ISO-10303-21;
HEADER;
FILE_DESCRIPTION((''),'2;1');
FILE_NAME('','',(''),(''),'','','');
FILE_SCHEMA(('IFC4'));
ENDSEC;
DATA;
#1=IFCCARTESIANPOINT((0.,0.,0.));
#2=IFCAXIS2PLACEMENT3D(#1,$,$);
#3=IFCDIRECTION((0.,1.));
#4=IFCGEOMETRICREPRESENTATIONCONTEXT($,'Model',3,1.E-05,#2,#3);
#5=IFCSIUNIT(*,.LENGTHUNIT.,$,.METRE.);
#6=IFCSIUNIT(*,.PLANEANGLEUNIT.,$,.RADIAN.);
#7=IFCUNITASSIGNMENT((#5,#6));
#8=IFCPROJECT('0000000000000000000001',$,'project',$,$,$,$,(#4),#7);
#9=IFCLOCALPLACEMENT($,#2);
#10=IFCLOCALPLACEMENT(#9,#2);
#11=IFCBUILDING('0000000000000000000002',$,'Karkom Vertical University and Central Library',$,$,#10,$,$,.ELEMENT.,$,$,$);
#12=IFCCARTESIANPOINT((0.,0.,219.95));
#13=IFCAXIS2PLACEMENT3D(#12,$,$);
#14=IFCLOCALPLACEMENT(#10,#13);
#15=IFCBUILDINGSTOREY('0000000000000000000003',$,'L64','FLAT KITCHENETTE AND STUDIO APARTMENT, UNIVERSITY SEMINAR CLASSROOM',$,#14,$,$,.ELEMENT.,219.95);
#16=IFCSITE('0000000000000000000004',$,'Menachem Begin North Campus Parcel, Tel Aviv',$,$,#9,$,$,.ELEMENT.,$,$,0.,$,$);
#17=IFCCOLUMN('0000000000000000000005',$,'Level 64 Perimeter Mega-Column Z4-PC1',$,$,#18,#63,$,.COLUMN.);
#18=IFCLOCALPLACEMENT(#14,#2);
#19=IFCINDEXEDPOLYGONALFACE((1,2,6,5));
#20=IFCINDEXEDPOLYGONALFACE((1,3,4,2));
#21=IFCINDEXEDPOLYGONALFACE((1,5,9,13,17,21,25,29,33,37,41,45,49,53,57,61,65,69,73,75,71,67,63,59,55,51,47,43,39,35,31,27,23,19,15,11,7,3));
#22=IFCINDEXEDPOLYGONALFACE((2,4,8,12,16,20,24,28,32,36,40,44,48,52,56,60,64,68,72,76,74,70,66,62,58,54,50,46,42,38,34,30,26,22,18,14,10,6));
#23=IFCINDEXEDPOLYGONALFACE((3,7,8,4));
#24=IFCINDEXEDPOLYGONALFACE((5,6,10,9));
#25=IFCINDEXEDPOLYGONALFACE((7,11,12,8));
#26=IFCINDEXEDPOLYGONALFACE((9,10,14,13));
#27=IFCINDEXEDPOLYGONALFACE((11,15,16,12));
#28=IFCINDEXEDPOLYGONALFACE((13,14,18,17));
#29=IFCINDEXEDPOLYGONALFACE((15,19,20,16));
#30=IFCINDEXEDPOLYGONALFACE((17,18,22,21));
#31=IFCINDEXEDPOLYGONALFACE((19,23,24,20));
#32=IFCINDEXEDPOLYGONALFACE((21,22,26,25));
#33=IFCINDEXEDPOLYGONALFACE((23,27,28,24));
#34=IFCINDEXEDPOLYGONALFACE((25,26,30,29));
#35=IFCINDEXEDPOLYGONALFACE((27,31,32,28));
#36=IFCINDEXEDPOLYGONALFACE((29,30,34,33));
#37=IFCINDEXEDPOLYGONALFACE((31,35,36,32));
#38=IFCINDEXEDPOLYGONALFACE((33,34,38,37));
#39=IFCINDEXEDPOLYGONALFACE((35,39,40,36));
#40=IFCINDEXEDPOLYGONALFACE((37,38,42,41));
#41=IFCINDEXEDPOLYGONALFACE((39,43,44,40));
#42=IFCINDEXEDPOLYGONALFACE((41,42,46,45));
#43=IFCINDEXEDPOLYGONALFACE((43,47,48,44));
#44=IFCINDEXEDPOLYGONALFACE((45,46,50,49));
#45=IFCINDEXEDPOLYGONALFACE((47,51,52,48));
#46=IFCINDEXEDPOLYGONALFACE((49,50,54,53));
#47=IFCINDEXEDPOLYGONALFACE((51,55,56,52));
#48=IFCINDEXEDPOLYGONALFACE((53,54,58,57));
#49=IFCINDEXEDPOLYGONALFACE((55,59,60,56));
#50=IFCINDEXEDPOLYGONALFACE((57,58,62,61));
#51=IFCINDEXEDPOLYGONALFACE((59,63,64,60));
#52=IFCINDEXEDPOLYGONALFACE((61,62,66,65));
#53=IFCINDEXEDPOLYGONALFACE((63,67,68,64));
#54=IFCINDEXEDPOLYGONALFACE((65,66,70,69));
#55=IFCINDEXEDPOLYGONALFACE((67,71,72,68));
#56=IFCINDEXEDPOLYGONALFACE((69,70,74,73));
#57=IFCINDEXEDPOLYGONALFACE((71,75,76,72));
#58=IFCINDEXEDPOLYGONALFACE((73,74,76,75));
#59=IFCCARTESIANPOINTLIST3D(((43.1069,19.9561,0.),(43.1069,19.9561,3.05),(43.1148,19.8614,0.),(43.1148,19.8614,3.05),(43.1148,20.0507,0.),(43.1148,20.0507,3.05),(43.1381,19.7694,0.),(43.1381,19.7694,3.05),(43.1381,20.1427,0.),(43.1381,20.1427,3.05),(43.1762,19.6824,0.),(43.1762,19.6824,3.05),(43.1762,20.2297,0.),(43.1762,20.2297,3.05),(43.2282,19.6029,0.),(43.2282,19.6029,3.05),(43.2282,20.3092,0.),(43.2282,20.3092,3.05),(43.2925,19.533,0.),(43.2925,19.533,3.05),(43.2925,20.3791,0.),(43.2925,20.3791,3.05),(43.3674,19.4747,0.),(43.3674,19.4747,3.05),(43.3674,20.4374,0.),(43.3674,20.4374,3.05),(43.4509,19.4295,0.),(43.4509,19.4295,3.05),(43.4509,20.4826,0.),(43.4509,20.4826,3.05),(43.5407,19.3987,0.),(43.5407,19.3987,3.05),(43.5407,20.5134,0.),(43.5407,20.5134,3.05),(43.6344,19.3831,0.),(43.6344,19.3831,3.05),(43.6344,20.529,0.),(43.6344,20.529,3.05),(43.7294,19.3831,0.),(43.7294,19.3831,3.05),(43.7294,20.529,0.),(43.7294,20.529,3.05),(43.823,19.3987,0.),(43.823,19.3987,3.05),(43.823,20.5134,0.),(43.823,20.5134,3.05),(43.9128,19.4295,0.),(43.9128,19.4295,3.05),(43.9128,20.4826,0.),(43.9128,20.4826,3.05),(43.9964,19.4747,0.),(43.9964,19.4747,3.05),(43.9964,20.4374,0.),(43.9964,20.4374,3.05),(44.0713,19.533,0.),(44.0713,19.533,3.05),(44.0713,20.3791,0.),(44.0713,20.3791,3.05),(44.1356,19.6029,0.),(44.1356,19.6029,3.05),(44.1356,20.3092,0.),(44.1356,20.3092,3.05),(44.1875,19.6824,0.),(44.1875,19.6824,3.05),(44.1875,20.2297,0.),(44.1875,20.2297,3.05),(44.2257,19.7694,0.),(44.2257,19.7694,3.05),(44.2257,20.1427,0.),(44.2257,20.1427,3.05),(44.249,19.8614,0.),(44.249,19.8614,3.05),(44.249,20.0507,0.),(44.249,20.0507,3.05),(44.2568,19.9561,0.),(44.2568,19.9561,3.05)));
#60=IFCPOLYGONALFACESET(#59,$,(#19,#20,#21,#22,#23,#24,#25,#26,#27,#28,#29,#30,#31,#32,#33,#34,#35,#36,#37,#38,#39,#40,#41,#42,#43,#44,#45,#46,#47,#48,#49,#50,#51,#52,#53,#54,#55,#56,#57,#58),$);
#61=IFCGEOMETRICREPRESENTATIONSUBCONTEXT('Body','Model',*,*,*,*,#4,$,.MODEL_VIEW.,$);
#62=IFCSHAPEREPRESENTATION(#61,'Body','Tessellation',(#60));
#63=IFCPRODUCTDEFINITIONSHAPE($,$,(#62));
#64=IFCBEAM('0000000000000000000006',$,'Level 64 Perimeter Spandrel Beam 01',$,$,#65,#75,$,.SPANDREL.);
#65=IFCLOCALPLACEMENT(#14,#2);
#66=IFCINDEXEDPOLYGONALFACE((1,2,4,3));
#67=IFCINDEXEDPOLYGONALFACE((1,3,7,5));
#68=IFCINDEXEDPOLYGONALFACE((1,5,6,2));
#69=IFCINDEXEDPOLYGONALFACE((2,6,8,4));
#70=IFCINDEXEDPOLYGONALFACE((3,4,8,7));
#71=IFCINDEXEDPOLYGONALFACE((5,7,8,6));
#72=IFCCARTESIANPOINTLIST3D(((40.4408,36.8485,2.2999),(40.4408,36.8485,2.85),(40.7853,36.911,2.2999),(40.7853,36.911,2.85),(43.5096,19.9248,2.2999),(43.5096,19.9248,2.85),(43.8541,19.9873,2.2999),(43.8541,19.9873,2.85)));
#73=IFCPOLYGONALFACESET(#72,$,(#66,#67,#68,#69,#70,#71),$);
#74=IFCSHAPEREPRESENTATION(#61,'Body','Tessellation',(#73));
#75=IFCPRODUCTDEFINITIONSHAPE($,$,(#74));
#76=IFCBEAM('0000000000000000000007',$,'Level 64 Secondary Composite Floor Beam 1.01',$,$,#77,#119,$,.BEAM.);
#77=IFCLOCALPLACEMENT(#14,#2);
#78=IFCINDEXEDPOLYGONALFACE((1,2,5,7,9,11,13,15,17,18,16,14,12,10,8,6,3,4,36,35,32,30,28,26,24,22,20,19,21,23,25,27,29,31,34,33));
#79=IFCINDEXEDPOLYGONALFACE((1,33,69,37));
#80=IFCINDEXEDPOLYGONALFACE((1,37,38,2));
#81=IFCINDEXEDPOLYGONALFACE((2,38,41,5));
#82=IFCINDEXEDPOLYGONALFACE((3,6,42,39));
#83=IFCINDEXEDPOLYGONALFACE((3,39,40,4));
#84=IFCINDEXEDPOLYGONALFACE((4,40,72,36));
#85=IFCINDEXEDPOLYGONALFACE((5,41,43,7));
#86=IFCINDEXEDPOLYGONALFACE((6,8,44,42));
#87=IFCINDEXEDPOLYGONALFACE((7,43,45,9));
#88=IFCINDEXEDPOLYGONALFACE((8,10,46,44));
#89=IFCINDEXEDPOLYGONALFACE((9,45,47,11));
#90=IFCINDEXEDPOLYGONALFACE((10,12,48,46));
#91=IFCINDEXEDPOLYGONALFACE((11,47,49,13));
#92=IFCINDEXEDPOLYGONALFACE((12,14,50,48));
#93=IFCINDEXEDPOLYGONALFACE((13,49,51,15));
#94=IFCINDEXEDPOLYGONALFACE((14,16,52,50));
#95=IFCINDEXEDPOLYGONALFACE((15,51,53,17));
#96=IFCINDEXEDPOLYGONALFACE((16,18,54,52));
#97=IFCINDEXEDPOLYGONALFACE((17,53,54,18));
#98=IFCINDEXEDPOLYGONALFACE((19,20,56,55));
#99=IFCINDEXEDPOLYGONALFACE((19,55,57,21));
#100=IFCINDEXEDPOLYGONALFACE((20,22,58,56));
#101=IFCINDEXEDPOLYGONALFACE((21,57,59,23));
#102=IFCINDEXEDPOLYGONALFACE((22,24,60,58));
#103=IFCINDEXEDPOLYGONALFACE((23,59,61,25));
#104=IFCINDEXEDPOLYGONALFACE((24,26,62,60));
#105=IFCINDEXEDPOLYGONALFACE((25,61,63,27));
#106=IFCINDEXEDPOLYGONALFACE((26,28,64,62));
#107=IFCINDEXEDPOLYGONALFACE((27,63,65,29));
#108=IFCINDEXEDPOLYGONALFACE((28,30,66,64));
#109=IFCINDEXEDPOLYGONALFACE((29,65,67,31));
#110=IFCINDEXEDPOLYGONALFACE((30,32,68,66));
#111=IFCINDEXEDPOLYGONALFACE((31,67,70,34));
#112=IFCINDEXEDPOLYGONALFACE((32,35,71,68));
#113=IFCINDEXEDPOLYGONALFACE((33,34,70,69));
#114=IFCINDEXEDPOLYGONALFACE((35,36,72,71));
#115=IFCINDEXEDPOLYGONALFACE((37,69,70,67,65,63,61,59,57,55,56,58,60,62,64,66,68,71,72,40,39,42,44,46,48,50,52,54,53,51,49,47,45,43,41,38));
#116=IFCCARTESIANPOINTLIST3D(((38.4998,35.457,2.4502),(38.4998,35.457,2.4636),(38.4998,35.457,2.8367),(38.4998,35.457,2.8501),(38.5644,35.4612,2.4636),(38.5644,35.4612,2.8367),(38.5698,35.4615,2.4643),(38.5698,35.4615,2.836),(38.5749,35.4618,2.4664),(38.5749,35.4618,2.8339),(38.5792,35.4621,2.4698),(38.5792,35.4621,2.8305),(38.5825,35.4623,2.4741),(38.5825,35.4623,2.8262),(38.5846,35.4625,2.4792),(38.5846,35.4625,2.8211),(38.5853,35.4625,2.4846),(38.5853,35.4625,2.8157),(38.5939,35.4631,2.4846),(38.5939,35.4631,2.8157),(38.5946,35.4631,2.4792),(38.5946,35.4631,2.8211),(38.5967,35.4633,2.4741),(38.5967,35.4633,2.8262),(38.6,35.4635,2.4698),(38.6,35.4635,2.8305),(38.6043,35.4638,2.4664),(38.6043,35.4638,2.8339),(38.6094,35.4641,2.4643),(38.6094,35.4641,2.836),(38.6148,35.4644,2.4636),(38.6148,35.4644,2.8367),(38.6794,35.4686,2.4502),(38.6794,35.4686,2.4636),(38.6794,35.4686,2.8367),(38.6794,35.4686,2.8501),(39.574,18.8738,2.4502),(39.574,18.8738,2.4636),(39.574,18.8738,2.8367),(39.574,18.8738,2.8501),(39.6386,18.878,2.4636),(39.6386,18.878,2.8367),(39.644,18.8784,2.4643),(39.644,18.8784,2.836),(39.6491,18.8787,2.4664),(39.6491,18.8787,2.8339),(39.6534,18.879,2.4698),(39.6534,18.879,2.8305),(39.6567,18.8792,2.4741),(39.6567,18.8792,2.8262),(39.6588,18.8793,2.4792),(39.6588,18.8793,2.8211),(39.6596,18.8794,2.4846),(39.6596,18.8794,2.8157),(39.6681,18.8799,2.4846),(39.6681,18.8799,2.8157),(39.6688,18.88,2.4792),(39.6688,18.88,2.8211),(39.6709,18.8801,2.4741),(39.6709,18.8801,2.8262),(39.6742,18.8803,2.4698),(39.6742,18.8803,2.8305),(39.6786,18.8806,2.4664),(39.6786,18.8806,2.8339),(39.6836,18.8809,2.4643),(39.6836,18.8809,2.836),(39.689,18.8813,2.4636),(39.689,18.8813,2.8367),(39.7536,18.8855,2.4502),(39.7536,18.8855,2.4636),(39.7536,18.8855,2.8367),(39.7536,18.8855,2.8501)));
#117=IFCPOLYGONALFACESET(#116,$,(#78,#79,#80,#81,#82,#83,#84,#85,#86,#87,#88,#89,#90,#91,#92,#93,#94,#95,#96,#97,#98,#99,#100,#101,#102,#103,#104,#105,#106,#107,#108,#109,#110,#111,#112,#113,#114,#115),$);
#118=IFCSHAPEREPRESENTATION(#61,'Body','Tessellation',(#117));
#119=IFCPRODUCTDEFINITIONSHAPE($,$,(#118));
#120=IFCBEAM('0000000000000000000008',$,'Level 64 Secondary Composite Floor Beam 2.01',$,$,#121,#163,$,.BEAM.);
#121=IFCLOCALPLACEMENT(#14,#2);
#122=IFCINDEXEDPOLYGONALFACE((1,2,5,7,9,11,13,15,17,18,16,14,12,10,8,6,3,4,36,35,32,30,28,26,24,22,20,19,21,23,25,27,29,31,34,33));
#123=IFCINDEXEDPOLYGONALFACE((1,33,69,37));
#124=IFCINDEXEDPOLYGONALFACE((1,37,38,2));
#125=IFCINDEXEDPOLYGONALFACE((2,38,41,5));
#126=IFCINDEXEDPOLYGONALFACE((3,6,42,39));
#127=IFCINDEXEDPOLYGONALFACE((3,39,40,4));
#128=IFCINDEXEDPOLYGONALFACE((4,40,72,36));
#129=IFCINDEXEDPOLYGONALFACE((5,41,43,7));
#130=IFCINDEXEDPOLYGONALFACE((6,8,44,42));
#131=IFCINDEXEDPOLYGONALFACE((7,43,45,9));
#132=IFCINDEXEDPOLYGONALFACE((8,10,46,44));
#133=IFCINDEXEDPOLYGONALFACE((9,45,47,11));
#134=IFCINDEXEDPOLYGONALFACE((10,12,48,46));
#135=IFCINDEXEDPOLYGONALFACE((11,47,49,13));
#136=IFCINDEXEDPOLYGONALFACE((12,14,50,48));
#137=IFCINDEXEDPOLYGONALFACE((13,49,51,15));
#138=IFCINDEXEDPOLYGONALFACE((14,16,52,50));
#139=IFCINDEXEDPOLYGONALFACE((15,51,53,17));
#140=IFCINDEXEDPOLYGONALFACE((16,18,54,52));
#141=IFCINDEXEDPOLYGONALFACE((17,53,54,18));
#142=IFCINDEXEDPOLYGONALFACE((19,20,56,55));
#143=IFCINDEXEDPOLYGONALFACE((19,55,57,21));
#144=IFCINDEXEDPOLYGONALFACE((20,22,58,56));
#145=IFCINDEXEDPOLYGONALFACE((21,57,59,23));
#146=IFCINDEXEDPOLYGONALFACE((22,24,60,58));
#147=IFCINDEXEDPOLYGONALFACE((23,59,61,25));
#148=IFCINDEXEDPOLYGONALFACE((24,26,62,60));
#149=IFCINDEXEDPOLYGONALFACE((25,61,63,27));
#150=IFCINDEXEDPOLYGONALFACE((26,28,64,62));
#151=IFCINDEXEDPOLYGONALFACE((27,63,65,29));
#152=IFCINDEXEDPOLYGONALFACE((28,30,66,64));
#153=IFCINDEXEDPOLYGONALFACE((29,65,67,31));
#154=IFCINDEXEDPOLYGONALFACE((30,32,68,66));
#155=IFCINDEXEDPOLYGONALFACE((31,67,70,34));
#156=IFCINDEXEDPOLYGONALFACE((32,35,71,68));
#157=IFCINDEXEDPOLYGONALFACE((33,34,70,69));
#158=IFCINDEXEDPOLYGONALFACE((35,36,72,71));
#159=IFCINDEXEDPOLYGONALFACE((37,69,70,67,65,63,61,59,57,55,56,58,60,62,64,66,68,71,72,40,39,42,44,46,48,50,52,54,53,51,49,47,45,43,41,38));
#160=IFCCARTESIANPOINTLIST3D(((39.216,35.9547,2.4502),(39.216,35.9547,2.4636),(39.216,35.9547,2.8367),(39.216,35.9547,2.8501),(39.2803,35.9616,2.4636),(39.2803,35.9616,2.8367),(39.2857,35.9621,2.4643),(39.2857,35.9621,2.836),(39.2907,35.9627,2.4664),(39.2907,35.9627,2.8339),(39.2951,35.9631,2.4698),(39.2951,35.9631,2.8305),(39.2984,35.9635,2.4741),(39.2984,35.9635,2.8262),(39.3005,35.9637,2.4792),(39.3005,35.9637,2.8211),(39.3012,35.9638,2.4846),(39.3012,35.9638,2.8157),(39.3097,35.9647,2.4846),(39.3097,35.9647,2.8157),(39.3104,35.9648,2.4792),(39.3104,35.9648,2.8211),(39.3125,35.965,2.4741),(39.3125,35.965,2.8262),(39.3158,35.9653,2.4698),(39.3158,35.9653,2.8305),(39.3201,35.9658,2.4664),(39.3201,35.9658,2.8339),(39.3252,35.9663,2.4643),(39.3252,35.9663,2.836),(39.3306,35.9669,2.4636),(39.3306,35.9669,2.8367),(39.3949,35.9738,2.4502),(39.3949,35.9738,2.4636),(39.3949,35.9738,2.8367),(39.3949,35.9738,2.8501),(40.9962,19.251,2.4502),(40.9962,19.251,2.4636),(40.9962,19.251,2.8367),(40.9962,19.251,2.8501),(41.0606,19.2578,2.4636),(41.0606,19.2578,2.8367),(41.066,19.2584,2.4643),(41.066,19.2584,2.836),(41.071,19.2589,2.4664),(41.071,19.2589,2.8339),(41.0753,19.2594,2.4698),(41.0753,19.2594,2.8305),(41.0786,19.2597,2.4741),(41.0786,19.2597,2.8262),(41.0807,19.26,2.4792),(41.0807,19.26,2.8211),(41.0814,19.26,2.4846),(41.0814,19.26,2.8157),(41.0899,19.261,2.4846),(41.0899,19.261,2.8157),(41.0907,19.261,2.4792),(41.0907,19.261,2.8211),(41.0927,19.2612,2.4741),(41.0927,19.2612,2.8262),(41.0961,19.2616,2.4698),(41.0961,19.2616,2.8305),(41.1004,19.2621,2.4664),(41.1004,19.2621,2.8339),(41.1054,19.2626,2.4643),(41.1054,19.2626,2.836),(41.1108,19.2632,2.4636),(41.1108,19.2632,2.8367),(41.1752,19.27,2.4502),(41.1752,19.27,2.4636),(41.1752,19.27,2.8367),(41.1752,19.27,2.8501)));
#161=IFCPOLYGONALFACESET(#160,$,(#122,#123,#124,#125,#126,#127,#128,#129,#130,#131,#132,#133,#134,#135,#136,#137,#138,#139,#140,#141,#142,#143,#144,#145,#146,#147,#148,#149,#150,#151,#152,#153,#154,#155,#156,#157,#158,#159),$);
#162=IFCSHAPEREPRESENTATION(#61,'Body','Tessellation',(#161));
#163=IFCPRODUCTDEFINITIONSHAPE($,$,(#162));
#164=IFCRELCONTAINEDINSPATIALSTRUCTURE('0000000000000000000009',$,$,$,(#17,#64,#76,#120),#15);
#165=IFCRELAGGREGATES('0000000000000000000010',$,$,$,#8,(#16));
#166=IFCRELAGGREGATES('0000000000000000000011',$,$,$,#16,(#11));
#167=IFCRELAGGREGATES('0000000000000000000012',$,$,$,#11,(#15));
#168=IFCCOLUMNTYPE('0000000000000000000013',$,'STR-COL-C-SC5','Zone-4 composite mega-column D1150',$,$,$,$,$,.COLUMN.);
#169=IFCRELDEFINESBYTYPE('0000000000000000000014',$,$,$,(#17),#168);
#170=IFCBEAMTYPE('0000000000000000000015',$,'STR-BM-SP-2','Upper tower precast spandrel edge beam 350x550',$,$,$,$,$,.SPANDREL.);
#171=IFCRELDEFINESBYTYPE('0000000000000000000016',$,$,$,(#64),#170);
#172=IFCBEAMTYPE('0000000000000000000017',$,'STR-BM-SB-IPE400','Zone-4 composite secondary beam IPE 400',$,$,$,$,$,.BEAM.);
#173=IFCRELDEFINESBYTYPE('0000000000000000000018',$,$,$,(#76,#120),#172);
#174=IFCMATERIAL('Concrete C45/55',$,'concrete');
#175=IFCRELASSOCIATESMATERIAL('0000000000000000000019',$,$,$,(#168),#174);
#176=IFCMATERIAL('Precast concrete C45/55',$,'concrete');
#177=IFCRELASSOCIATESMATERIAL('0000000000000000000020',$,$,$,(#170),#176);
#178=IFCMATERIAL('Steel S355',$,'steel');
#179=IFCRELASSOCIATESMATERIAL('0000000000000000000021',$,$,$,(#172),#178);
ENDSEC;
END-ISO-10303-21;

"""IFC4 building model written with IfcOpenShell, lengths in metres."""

from ifc_helpers import new_model, si_unit, direction, frame, origin, origin_with_axes, origin_2d, place, context, subcontext, project, spatial, rectangle, circle, i_section, extrude, source, transform, mapped, material, material_profile, profile_set, type_object, element, save


model = new_model("IFC4")

# Units and contexts
model_context = context("Model", 3, precision=1e-05, world=origin(), true_north=direction((0.0, 1.0)))
body_context = subcontext(model_context, "Body", "Model", "MODEL_VIEW")
ifc_project = project(units=[si_unit("LENGTHUNIT", "METRE"), si_unit("PLANEANGLEUNIT", "RADIAN")], contexts=[model_context])

# Site, building, storey
site_placement = place(None, origin())
site = spatial("IfcSite", under=ifc_project, at=site_placement, Name="Menachem Begin North Campus Parcel, Tel Aviv", CompositionType="ELEMENT", RefElevation=0.0)
building_placement = place(site_placement, origin())
building = spatial("IfcBuilding", under=site, at=building_placement, Name="Karkom Vertical University and Central Library", CompositionType="ELEMENT")
storey_placement = place(building_placement, frame((0.0, 0.0, 219.95)))
storey = spatial("IfcBuildingStorey", under=building, at=storey_placement, Name="L64", Description="FLAT KITCHENETTE AND STUDIO APARTMENT, UNIVERSITY SEMINAR CLASSROOM", CompositionType="ELEMENT", Elevation=219.95)

# Column
ifc_material_1 = material(Name="Concrete C45/55", Category="concrete")
ifc_material_profile_1 = material_profile(ifc_material_1, circle(Radius=0.575, at=origin_2d()), Name="CFT-D1150")
ifc_profile_set_1 = profile_set([ifc_material_profile_1], Name="Concrete C45/55")
column_type = type_object("IfcColumnType", Name="STR-COL-C-SC5", Description="Zone-4 composite mega-column D1150", PredefinedType="COLUMN", material=ifc_profile_set_1)
shared_shape_1 = source(origin_with_axes(), body_context, "Body", "SweptSolid", [
    extrude(circle(Radius=0.575, at=origin_2d()), origin(), (0.0, 0.0, 1.0), 3.05),
])
column_placement = place(storey_placement, frame((43.6819, 19.9561, 0.0), z_axis=(0.0, 0.0, 1.0), x_axis=(1.0, 0.0, 0.0)))
element("IfcColumn", 1, at=column_placement, inside=storey, type_object=column_type, Name="Level 64 Perimeter Mega-Column Z4-PC1", PredefinedType="COLUMN", context=body_context, shape_type="MappedRepresentation", body=[
    mapped(shared_shape_1, transform((0.0, 0.0, 0.0), scale=1.0)),
])

# Beams
ifc_material_2 = material(Name="Precast concrete C45/55", Category="concrete")
ifc_material_profile_2 = material_profile(ifc_material_2, rectangle(XDim=0.3501, YDim=0.55, at=origin_2d()), Name="SPB-350x550")
ifc_profile_set_2 = profile_set([ifc_material_profile_2], Name="Precast concrete C45/55")
beam_type_1 = type_object("IfcBeamType", Name="STR-BM-SP-2", Description="Upper tower precast spandrel edge beam 350x550", PredefinedType="SPANDREL", material=ifc_profile_set_2)
shared_shape_2 = source(origin_with_axes(), body_context, "Body", "SweptSolid", [
    extrude(rectangle(XDim=0.3501, YDim=0.55, at=origin_2d()), origin(), (0.0, 0.0, 1.0), 17.1997),
])
beam_1_placement = place(storey_placement, frame((43.6819, 19.9561, 2.575), z_axis=(-0.178423, 0.983954, 0.0), x_axis=(-0.983954, -0.178423, 0.0)))
element("IfcBeam", 2, at=beam_1_placement, inside=storey, type_object=beam_type_1, Name="Level 64 Perimeter Spandrel Beam 01", PredefinedType="SPANDREL", context=body_context, shape_type="MappedRepresentation", body=[
    mapped(shared_shape_2, transform((0.0, 0.0, 0.0), scale=1.0)),
])
ifc_material_3 = material(Name="Steel S355", Category="steel")
ifc_material_profile_3 = material_profile(ifc_material_3, i_section(OverallWidth=0.1799, OverallDepth=0.3999, WebThickness=0.0085, FlangeThickness=0.0134, FilletRadius=0.021, at=origin_2d()), Name="IPE 400")
ifc_profile_set_3 = profile_set([ifc_material_profile_3], Name="Steel S355")
beam_type_2 = type_object("IfcBeamType", Name="STR-BM-SB-IPE400", Description="Zone-4 composite secondary beam IPE 400", PredefinedType="BEAM", material=ifc_profile_set_3)
shared_shape_3 = source(origin_with_axes(), body_context, "Body", "SweptSolid", [
    extrude(i_section(OverallWidth=0.1799, OverallDepth=0.3999, WebThickness=0.0085, FlangeThickness=0.0134, FilletRadius=0.021, at=origin_2d()), origin(), (0.0, 0.0, 1.0), 16.6179),
])
beam_2_placement = place(storey_placement, frame((39.6638, 18.8796, 2.6501), z_axis=(-0.064642, 0.997909, 0.0), x_axis=(-0.997909, -0.064642, 0.0)))
element("IfcBeam", 3, at=beam_2_placement, inside=storey, type_object=beam_type_2, Name="Level 64 Secondary Composite Floor Beam 1.01", PredefinedType="BEAM", context=body_context, shape_type="MappedRepresentation", body=[
    mapped(shared_shape_3, transform((0.0, 0.0, 0.0), scale=1.0)),
])
shared_shape_4 = source(origin_with_axes(), body_context, "Body", "SweptSolid", [
    extrude(i_section(OverallWidth=0.1799, OverallDepth=0.3999, WebThickness=0.0085, FlangeThickness=0.0134, FilletRadius=0.021, at=origin_2d()), origin(), (0.0, 0.0, 1.0), 16.7983),
])
beam_3_placement = place(storey_placement, frame((41.0857, 19.2605, 2.6501), z_axis=(-0.105978, 0.994368, 0.0), x_axis=(-0.994368, -0.105978, 0.0)))
element("IfcBeam", 4, at=beam_3_placement, inside=storey, type_object=beam_type_2, Name="Level 64 Secondary Composite Floor Beam 2.01", PredefinedType="BEAM", context=body_context, shape_type="MappedRepresentation", body=[
    mapped(shared_shape_4, transform((0.0, 0.0, 0.0), scale=1.0)),
])

save(model, "model.ifc")
